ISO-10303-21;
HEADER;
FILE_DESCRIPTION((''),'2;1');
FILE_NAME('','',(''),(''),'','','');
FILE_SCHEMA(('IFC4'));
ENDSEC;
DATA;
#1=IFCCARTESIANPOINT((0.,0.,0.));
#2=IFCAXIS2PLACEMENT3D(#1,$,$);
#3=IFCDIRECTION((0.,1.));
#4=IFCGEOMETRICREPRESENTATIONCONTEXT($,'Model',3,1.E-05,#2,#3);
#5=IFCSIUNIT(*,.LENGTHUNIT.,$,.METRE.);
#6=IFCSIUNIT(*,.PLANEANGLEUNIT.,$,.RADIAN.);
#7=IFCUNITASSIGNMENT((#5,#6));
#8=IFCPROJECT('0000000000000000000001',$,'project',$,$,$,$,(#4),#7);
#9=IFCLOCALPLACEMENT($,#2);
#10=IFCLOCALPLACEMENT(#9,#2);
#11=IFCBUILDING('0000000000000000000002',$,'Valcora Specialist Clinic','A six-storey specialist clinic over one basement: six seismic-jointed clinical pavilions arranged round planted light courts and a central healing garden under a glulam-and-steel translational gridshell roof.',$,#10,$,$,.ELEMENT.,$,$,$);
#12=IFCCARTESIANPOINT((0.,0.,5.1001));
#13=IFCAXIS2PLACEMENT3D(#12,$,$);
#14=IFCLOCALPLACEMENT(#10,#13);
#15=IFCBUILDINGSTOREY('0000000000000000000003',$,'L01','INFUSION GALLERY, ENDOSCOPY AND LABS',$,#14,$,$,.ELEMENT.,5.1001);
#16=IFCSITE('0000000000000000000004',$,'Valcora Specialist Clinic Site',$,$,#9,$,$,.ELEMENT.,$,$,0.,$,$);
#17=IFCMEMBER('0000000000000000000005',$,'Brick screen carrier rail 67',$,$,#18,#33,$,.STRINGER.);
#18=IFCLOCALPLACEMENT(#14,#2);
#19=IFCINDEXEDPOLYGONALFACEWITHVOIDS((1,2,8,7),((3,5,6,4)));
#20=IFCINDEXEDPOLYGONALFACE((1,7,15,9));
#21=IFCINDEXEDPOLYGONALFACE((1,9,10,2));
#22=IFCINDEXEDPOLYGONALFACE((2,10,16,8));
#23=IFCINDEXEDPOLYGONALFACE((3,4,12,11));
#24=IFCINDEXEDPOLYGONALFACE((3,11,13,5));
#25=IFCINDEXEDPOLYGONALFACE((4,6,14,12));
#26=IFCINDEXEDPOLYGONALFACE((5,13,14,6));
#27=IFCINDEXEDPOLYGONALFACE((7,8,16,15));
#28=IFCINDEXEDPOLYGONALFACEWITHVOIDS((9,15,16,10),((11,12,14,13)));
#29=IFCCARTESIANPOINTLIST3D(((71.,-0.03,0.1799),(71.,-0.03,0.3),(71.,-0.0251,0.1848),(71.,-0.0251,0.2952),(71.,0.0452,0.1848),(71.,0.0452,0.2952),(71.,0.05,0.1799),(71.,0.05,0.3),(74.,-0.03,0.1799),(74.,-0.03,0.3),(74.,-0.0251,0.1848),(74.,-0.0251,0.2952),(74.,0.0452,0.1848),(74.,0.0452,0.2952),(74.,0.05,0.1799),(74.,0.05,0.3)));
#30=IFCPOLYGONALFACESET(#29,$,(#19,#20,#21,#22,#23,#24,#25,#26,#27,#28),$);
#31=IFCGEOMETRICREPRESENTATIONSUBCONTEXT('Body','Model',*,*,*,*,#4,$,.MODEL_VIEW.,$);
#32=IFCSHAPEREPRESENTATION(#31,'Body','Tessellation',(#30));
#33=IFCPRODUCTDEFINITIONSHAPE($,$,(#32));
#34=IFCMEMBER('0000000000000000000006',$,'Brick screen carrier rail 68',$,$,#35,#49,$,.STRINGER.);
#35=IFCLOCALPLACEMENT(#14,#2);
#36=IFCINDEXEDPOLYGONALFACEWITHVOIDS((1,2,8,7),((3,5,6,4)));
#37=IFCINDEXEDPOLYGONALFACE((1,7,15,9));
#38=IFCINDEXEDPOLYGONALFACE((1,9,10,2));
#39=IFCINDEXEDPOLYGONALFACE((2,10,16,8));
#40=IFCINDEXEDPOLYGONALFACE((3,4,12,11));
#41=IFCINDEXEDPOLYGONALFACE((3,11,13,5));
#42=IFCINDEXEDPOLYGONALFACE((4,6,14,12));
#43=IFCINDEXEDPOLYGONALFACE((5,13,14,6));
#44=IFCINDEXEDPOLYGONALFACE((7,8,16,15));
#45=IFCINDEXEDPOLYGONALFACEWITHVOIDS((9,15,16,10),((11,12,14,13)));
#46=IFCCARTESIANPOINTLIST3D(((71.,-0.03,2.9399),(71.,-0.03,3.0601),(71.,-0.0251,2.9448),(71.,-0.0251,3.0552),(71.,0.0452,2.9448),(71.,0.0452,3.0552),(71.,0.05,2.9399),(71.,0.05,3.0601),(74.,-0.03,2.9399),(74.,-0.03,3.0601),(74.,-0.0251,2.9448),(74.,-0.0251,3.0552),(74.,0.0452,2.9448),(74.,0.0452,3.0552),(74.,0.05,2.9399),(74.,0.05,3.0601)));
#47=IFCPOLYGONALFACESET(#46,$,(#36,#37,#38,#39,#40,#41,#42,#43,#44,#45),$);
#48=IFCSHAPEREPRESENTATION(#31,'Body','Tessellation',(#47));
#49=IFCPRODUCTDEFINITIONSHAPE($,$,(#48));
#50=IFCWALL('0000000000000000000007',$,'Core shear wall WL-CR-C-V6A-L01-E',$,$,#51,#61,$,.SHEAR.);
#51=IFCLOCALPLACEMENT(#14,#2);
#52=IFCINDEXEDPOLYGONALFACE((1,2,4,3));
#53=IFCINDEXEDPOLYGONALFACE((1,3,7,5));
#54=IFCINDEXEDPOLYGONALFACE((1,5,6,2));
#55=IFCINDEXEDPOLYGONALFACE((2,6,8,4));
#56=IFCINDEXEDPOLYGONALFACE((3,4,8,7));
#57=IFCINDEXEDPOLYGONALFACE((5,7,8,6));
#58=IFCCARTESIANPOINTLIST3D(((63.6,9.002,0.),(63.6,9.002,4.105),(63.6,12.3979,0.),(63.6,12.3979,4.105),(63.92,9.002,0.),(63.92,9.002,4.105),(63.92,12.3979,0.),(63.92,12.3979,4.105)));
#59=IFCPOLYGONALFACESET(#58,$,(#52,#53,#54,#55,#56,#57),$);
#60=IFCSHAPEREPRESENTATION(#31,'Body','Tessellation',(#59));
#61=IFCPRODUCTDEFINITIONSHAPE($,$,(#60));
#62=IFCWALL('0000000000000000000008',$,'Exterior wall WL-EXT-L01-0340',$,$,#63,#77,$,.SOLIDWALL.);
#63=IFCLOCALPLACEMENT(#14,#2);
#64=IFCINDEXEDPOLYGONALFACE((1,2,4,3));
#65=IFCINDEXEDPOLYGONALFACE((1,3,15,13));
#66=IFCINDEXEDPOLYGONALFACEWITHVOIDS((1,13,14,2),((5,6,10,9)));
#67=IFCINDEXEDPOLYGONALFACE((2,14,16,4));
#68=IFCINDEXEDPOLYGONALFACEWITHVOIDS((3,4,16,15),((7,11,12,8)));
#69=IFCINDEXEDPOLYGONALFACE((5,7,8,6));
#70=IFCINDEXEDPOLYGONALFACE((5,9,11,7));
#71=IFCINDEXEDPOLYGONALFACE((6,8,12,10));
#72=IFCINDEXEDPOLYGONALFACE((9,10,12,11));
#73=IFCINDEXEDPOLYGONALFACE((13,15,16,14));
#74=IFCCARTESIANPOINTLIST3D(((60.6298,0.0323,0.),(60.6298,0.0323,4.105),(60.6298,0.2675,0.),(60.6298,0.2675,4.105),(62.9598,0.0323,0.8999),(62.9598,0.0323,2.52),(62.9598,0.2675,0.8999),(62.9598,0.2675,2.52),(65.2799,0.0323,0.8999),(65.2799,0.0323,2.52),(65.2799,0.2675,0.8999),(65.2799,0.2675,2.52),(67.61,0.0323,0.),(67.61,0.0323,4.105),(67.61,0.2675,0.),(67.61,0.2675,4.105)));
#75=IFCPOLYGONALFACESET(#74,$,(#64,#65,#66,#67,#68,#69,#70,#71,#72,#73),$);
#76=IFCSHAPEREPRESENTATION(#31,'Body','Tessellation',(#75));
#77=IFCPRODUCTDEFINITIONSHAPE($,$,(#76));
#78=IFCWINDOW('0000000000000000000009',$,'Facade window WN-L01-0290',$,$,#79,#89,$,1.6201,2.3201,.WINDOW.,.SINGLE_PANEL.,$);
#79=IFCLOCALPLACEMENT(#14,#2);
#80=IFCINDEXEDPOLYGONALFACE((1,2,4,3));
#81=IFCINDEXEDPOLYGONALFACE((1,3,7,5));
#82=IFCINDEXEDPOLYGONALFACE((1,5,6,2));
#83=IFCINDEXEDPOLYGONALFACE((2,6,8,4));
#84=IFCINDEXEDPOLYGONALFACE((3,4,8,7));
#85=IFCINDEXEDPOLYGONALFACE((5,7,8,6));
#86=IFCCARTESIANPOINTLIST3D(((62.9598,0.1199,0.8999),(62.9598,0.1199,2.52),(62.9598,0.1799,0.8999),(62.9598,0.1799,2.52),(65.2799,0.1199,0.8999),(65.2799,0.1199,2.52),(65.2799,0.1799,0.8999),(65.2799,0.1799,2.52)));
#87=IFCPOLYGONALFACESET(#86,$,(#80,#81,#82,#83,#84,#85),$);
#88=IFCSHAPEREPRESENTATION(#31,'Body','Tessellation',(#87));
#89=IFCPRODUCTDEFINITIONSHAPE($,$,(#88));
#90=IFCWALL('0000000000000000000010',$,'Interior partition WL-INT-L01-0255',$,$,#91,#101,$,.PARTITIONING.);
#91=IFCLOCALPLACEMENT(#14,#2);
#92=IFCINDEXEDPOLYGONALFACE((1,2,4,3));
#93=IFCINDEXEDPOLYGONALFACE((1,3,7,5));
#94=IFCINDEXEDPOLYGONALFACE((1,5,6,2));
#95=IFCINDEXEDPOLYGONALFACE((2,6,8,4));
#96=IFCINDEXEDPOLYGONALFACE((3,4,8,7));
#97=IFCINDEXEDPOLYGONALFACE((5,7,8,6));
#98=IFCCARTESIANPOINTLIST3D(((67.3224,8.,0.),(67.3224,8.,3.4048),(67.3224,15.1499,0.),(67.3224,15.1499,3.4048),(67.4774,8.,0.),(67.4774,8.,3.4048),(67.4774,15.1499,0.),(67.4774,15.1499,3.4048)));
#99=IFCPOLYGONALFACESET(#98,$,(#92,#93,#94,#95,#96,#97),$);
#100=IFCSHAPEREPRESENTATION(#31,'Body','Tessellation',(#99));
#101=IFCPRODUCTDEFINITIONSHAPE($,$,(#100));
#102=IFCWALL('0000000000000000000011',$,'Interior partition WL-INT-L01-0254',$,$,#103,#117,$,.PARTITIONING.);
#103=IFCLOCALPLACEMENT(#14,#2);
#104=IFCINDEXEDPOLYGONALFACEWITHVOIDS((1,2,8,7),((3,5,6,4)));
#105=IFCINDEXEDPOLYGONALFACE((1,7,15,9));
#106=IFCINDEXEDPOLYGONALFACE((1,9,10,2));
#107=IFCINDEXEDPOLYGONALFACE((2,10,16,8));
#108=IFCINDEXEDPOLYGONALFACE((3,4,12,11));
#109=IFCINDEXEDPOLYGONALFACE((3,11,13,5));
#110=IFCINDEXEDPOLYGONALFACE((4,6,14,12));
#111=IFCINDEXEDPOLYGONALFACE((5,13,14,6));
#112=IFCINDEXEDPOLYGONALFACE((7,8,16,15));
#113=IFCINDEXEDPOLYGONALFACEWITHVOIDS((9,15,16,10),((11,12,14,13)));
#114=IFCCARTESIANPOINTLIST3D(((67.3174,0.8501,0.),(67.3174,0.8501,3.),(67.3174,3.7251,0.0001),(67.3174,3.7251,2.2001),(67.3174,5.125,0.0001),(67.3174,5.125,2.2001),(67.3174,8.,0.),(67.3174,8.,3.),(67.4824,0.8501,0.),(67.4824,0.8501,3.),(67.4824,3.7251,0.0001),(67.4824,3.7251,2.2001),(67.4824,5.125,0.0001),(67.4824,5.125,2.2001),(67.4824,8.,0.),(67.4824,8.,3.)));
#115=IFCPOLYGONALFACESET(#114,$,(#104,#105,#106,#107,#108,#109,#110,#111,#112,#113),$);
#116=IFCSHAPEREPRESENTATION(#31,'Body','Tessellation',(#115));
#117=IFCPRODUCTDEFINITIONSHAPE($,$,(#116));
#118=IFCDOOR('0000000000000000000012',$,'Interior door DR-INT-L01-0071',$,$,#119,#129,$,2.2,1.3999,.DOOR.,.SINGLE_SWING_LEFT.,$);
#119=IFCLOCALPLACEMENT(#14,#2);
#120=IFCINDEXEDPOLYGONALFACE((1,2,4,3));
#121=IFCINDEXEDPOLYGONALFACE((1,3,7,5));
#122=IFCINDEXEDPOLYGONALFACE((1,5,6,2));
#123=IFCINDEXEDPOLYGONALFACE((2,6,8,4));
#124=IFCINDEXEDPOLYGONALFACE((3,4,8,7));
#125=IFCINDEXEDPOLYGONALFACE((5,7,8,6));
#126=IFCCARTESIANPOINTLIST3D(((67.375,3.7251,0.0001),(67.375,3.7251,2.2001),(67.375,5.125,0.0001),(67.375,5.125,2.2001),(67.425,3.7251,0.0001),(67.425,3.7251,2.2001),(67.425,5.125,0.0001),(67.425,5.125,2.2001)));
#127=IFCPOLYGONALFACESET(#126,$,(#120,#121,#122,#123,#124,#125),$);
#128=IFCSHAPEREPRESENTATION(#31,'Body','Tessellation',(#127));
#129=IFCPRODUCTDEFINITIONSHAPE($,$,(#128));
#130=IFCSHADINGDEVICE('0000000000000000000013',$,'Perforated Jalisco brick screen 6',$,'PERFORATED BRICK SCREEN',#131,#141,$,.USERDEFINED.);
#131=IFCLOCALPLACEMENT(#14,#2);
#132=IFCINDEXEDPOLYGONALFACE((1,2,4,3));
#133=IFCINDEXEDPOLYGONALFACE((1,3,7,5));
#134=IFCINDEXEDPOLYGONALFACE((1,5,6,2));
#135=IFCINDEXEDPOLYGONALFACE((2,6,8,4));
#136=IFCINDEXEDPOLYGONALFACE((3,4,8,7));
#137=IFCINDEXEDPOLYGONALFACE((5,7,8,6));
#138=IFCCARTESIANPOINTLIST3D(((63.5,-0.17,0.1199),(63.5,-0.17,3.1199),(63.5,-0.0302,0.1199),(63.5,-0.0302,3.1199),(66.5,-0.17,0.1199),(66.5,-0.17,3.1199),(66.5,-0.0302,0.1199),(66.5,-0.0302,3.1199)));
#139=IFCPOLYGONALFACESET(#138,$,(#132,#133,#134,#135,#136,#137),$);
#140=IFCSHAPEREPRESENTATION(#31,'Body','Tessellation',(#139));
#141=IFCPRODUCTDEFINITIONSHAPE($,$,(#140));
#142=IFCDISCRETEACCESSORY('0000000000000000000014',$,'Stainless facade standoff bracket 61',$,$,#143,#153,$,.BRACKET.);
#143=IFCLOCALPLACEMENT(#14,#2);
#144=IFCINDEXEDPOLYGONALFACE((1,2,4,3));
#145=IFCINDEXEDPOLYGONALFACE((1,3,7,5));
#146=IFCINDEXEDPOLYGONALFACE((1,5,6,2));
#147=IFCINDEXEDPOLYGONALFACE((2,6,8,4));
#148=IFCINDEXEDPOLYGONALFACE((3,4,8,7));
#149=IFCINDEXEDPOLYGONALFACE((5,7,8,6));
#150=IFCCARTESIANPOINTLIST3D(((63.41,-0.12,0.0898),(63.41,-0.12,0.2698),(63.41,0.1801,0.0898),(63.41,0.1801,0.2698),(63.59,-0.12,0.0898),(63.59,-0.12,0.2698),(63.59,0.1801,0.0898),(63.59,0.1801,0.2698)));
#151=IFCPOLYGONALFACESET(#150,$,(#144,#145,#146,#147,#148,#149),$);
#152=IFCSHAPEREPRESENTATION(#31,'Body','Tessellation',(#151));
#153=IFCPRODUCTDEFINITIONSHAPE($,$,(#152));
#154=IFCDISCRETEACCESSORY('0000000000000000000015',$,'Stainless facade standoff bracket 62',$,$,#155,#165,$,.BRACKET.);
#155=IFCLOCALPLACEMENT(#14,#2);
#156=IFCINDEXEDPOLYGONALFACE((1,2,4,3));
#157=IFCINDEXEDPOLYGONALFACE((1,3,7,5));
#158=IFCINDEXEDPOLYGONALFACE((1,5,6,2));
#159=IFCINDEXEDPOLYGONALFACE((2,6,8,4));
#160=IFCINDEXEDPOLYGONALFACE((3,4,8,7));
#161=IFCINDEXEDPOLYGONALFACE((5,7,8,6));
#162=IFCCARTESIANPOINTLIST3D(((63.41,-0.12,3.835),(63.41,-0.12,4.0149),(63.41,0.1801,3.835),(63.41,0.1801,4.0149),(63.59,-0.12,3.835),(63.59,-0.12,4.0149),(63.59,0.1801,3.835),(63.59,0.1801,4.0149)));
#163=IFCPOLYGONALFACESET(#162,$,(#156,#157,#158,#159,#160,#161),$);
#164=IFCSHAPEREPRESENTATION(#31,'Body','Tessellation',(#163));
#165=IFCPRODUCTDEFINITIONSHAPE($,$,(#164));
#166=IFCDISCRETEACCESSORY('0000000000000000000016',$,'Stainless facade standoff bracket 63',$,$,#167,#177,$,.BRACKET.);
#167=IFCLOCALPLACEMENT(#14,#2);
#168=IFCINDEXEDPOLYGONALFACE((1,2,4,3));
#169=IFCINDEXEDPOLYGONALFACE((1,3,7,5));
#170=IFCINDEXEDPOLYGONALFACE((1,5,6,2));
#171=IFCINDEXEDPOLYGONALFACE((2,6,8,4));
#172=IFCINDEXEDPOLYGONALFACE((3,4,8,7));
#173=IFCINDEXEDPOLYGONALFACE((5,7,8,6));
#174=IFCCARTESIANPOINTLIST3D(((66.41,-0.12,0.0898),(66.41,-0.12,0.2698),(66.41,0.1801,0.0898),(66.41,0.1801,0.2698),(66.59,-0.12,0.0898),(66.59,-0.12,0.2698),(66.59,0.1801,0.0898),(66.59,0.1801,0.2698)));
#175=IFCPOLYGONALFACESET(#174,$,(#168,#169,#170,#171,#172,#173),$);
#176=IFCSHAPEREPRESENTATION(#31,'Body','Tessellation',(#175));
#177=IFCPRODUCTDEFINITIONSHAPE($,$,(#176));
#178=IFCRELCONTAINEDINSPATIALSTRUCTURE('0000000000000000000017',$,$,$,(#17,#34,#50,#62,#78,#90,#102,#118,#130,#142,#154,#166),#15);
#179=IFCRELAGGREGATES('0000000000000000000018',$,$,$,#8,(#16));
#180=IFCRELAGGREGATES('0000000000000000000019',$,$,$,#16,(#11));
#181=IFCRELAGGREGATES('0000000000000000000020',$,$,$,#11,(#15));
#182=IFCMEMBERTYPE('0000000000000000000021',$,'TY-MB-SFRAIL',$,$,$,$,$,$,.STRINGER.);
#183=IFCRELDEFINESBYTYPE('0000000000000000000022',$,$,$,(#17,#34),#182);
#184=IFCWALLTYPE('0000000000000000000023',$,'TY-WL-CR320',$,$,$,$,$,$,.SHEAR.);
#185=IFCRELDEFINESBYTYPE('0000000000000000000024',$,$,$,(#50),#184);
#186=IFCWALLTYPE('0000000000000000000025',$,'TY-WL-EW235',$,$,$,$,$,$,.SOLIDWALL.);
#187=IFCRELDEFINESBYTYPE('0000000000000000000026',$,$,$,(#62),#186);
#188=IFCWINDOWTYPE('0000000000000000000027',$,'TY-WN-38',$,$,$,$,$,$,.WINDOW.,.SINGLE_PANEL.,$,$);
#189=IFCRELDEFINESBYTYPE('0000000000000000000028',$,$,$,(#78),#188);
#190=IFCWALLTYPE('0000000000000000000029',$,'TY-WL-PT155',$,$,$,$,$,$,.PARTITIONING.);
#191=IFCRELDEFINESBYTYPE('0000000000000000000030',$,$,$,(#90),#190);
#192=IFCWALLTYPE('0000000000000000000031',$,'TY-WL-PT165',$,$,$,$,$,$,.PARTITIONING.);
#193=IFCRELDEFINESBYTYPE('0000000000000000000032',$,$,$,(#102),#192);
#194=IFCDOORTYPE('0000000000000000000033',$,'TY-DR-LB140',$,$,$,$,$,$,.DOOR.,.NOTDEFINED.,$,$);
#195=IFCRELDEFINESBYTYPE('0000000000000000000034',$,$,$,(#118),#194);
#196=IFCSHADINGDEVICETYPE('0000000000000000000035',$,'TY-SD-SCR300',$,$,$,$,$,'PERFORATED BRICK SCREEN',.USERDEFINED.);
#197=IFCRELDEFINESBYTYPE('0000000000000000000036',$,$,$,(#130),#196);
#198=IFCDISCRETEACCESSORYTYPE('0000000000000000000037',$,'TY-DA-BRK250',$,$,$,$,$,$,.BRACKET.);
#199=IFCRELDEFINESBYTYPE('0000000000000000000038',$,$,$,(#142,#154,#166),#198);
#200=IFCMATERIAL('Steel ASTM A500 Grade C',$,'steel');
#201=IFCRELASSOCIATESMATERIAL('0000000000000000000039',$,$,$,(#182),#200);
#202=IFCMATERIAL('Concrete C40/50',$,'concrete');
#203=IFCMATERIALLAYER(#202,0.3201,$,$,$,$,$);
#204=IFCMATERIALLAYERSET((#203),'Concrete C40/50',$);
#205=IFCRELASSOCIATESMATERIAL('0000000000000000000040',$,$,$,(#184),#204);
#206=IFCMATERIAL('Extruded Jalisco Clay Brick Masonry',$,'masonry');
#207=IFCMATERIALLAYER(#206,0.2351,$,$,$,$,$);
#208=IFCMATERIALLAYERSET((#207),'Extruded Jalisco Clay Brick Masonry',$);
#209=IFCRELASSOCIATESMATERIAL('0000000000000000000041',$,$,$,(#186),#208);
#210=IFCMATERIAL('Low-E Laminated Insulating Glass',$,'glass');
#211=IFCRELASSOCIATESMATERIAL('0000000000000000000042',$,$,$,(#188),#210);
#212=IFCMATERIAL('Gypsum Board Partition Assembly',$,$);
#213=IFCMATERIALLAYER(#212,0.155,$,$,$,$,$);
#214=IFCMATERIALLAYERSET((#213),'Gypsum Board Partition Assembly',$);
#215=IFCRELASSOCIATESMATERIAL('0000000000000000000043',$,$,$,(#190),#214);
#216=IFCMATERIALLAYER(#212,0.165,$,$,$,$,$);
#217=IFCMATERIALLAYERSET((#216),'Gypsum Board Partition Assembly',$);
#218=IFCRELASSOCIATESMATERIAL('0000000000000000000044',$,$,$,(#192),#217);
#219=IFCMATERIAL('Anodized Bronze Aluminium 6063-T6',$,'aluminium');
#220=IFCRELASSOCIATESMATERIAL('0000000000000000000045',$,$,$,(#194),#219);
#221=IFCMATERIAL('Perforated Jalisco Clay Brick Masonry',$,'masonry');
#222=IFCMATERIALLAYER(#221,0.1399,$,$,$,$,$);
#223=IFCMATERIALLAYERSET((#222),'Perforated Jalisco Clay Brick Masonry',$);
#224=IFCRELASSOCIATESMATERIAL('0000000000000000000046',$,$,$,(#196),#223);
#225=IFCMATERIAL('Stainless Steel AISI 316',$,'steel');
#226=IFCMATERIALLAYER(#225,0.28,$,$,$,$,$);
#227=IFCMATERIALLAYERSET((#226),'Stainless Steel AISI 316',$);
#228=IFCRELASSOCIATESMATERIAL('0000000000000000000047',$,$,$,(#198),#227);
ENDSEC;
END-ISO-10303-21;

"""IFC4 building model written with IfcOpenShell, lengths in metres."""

from ifc_helpers import new_model, si_unit, direction, frame, frame_2d, origin, origin_2d, place, context, subcontext, project, spatial, rectangle, hollow_rectangle, extrude, material, layer, layer_set, material_profile, profile_set, type_object, element, fill, save


model = new_model("IFC4")

# Units and contexts
model_context = context("Model", 3, precision=1e-05, world=origin(), true_north=direction((0.0, 1.0)))
body_context = subcontext(model_context, "Body", "Model", "MODEL_VIEW")
ifc_project = project(units=[si_unit("LENGTHUNIT", "METRE"), si_unit("PLANEANGLEUNIT", "RADIAN")], contexts=[model_context])

# Site, building, storey
site_placement = place(None, origin())
site = spatial("IfcSite", under=ifc_project, at=site_placement, Name="Valcora Specialist Clinic Site", CompositionType="ELEMENT", RefElevation=0.0)
building_placement = place(site_placement, origin())
building = spatial("IfcBuilding", under=site, at=building_placement, Name="Valcora Specialist Clinic", Description="A six-storey specialist clinic over one basement: six seismic-jointed clinical pavilions arranged round planted light courts and a central healing garden under a glulam-and-steel translational gridshell roof.", CompositionType="ELEMENT")
storey_placement = place(building_placement, frame((0.0, 0.0, 5.1001)))
storey = spatial("IfcBuildingStorey", under=building, at=storey_placement, Name="L01", Description="INFUSION GALLERY, ENDOSCOPY AND LABS", CompositionType="ELEMENT", Elevation=5.1001)

# Shared definitions
ifc_material_1 = material(Name="Concrete C40/50", Category="concrete")

# Members
ifc_material_2 = material(Name="Steel ASTM A500 Grade C", Category="steel")
ifc_material_profile_1 = material_profile(ifc_material_2, hollow_rectangle(XDim=0.0801, YDim=0.1201, WallThickness=0.0049, at=origin_2d()), Name="ST-RHS-120X80X5")
ifc_profile_set_1 = profile_set([ifc_material_profile_1], Name="Steel ASTM A500 Grade C")
member_type_1 = type_object("IfcMemberType", Name="TY-MB-SFRAIL", PredefinedType="STRINGER", material=ifc_profile_set_1)
for number, where, z_axis, x_axis, name in (
    (1, (71.0, 0.01, 0.24), (1.0, 0.0, 0.0), (0.0, 1.0, 0.0), "Brick screen carrier rail 67"),
    (2, (71.0, 0.01, 3.0), (1.0, 0.0, 0.0), (0.0, 1.0, 0.0), "Brick screen carrier rail 68"),
):
    element("IfcMember", number, at=place(storey_placement, frame(where, z_axis=z_axis, x_axis=x_axis)), inside=storey, type_object=member_type_1, Name=name, PredefinedType="STRINGER", context=body_context, shape_type="SweptSolid", body=[
        extrude(hollow_rectangle(XDim=0.0801, YDim=0.1201, WallThickness=0.0049, at=origin_2d()), origin(), (0.0, 0.0, 1.0), 3.0),
    ])

# Wall
ifc_layer_1 = layer(ifc_material_1, 0.3201)
ifc_layer_set_1 = layer_set([ifc_layer_1], Name="Concrete C40/50")
wall_type_1 = type_object("IfcWallType", Name="TY-WL-CR320", PredefinedType="SHEAR", material=ifc_layer_set_1)
wall_1_placement = place(storey_placement, frame((63.76, 9.002, 0.0), z_axis=(0.0, 0.0, 1.0), x_axis=(0.0, 1.0, 0.0)))
element("IfcWall", 3, at=wall_1_placement, inside=storey, type_object=wall_type_1, Name="Core shear wall WL-CR-C-V6A-L01-E", PredefinedType="SHEAR", context=body_context, shape_type="SweptSolid", body=[
    extrude(rectangle(XDim=3.396, YDim=0.3201, at=frame_2d((1.698, 0.0))), origin(), (0.0, 0.0, 1.0), 4.105),
])

# Wall, opening, window
ifc_material_3 = material(Name="Extruded Jalisco Clay Brick Masonry", Category="masonry")
ifc_layer_2 = layer(ifc_material_3, 0.2351)
ifc_layer_set_2 = layer_set([ifc_layer_2], Name="Extruded Jalisco Clay Brick Masonry")
wall_type_2 = type_object("IfcWallType", Name="TY-WL-EW235", PredefinedType="SOLIDWALL", material=ifc_layer_set_2)
wall_2_placement = place(storey_placement, frame((67.6101, 0.1499, 0.0), z_axis=(0.0, 0.0, 1.0), x_axis=(-1.0, 0.0, 0.0)))
wall_2 = element("IfcWall", 4, at=wall_2_placement, inside=storey, type_object=wall_type_2, Name="Exterior wall WL-EXT-L01-0340", PredefinedType="SOLIDWALL", context=body_context, shape_type="SweptSolid", body=[
    extrude(rectangle(XDim=6.9802, YDim=0.2351, at=frame_2d((3.4902, 0.0))), origin(), (0.0, 0.0, 1.0), 4.105),
])
opening_1_placement = place(wall_2_placement, frame((2.3301, 0.0, 0.8999)))
opening_1 = element("IfcOpeningElement", 5, at=opening_1_placement, cuts=wall_2, PredefinedType="OPENING", context=body_context, shape_type="SweptSolid", body=[
    extrude(rectangle(XDim=2.3201, YDim=1.6201, at=frame_2d((1.1602, 0.8101))), frame((0.0, 0.1274, 0.0), z_axis=(0.0, -1.0, 0.0), x_axis=(1.0, 0.0, 0.0)), (0.0, 0.0, 1.0), 0.2551),
])
ifc_material_4 = material(Name="Low-E Laminated Insulating Glass", Category="glass")
window_type = type_object("IfcWindowType", Name="TY-WN-38", PartitioningType="SINGLE_PANEL", PredefinedType="WINDOW", material=ifc_material_4)
window_placement = place(opening_1_placement, origin())
window = element("IfcWindow", 6, at=window_placement, inside=storey, type_object=window_type, Name="Facade window WN-L01-0290", OverallHeight=1.6201, OverallWidth=2.3201, PartitioningType="SINGLE_PANEL", PredefinedType="WINDOW", context=body_context, shape_type="SweptSolid", body=[
    extrude(rectangle(XDim=2.3201, YDim=1.6201, at=frame_2d((1.1602, 0.8101))), frame((0.0, 0.03, 0.0), z_axis=(0.0, -1.0, 0.0), x_axis=(1.0, 0.0, 0.0)), (0.0, 0.0, 1.0), 0.0601),
])
fill(opening_1, window)

# Wall
ifc_material_5 = material(Name="Gypsum Board Partition Assembly")
ifc_layer_3 = layer(ifc_material_5, 0.155)
ifc_layer_set_3 = layer_set([ifc_layer_3], Name="Gypsum Board Partition Assembly")
wall_type_3 = type_object("IfcWallType", Name="TY-WL-PT155", PredefinedType="PARTITIONING", material=ifc_layer_set_3)
wall_3_placement = place(storey_placement, frame((67.3999, 8.0, 0.0), z_axis=(0.0, 0.0, 1.0), x_axis=(0.0, 1.0, 0.0)))
element("IfcWall", 7, at=wall_3_placement, inside=storey, type_object=wall_type_3, Name="Interior partition WL-INT-L01-0255", PredefinedType="PARTITIONING", context=body_context, shape_type="SweptSolid", body=[
    extrude(rectangle(XDim=7.1499, YDim=0.155, at=frame_2d((3.575, 0.0))), origin(), (0.0, 0.0, 1.0), 3.4048),
])

# Wall, opening, door
ifc_layer_4 = layer(ifc_material_5, 0.165)
ifc_layer_set_4 = layer_set([ifc_layer_4], Name="Gypsum Board Partition Assembly")
wall_type_4 = type_object("IfcWallType", Name="TY-WL-PT165", PredefinedType="PARTITIONING", material=ifc_layer_set_4)
wall_4_placement = place(storey_placement, frame((67.3999, 0.8501, 0.0), z_axis=(0.0, 0.0, 1.0), x_axis=(0.0, 1.0, 0.0)))
wall_4 = element("IfcWall", 8, at=wall_4_placement, inside=storey, type_object=wall_type_4, Name="Interior partition WL-INT-L01-0254", PredefinedType="PARTITIONING", context=body_context, shape_type="SweptSolid", body=[
    extrude(rectangle(XDim=7.1499, YDim=0.165, at=frame_2d((3.575, 0.0))), origin(), (0.0, 0.0, 1.0), 3.0),
])
opening_2_placement = place(wall_4_placement, frame((2.875, 0.0, 0.0)))
opening_2 = element("IfcOpeningElement", 9, at=opening_2_placement, cuts=wall_4, PredefinedType="OPENING", context=body_context, shape_type="SweptSolid", body=[
    extrude(rectangle(XDim=1.3999, YDim=2.2, at=frame_2d((0.7, 1.1001))), frame((0.0, 0.0925, 0.0), z_axis=(0.0, -1.0, 0.0), x_axis=(1.0, 0.0, 0.0)), (0.0, 0.0, 1.0), 0.1851),
])
ifc_material_6 = material(Name="Anodized Bronze Aluminium 6063-T6", Category="aluminium")
door_type = type_object("IfcDoorType", Name="TY-DR-LB140", OperationType="NOTDEFINED", PredefinedType="DOOR", material=ifc_material_6)
door_placement = place(opening_2_placement, origin())
door = element("IfcDoor", 10, at=door_placement, inside=storey, type_object=door_type, Name="Interior door DR-INT-L01-0071", OperationType="SINGLE_SWING_LEFT", OverallHeight=2.2, OverallWidth=1.3999, PredefinedType="DOOR", context=body_context, shape_type="SweptSolid", body=[
    extrude(rectangle(XDim=1.3999, YDim=2.2, at=frame_2d((0.7, 1.1001))), frame((0.0, 0.0249, 0.0), z_axis=(0.0, -1.0, 0.0), x_axis=(1.0, 0.0, 0.0)), (0.0, 0.0, 1.0), 0.05),
])
fill(opening_2, door)

# Shading device
ifc_material_7 = material(Name="Perforated Jalisco Clay Brick Masonry", Category="masonry")
ifc_layer_5 = layer(ifc_material_7, 0.1399)
ifc_layer_set_5 = layer_set([ifc_layer_5], Name="Perforated Jalisco Clay Brick Masonry")
shading_device_type = type_object("IfcShadingDeviceType", Name="TY-SD-SCR300", ElementType="PERFORATED BRICK SCREEN", PredefinedType="USERDEFINED", material=ifc_layer_set_5)
shading_device_placement = place(storey_placement, frame((65.0, -0.1001, 0.1199), z_axis=(0.0, 0.0, 1.0), x_axis=(1.0, 0.0, 0.0)))
element("IfcShadingDevice", 11, at=shading_device_placement, inside=storey, type_object=shading_device_type, Name="Perforated Jalisco brick screen 6", ObjectType="PERFORATED BRICK SCREEN", PredefinedType="USERDEFINED", context=body_context, shape_type="SweptSolid", body=[
    extrude(rectangle(XDim=3.0, YDim=0.1399, at=origin_2d()), origin(), (0.0, 0.0, 1.0), 3.0),
])

# Discrete accessories
ifc_material_8 = material(Name="Stainless Steel AISI 316", Category="steel")
ifc_layer_6 = layer(ifc_material_8, 0.28)
ifc_layer_set_6 = layer_set([ifc_layer_6], Name="Stainless Steel AISI 316")
discrete_accessory_type = type_object("IfcDiscreteAccessoryType", Name="TY-DA-BRK250", PredefinedType="BRACKET", material=ifc_layer_set_6)
for number, where, z_axis, x_axis, name in (
    (12, (63.5, 0.03, 0.0898), (0.0, 0.0, 1.0), (1.0, 0.0, 0.0), "Stainless facade standoff bracket 61"),
    (13, (63.5, 0.03, 3.835), (0.0, 0.0, 1.0), (1.0, 0.0, 0.0), "Stainless facade standoff bracket 62"),
    (14, (66.5, 0.03, 0.0898), (0.0, 0.0, 1.0), (1.0, 0.0, 0.0), "Stainless facade standoff bracket 63"),
):
    element("IfcDiscreteAccessory", number, at=place(storey_placement, frame(where, z_axis=z_axis, x_axis=x_axis)), inside=storey, type_object=discrete_accessory_type, Name=name, PredefinedType="BRACKET", context=body_context, shape_type="SweptSolid", body=[
        extrude(rectangle(XDim=0.1799, YDim=0.3, at=origin_2d()), origin(), (0.0, 0.0, 1.0), 0.1799),
    ])

save(model, "model.ifc")
